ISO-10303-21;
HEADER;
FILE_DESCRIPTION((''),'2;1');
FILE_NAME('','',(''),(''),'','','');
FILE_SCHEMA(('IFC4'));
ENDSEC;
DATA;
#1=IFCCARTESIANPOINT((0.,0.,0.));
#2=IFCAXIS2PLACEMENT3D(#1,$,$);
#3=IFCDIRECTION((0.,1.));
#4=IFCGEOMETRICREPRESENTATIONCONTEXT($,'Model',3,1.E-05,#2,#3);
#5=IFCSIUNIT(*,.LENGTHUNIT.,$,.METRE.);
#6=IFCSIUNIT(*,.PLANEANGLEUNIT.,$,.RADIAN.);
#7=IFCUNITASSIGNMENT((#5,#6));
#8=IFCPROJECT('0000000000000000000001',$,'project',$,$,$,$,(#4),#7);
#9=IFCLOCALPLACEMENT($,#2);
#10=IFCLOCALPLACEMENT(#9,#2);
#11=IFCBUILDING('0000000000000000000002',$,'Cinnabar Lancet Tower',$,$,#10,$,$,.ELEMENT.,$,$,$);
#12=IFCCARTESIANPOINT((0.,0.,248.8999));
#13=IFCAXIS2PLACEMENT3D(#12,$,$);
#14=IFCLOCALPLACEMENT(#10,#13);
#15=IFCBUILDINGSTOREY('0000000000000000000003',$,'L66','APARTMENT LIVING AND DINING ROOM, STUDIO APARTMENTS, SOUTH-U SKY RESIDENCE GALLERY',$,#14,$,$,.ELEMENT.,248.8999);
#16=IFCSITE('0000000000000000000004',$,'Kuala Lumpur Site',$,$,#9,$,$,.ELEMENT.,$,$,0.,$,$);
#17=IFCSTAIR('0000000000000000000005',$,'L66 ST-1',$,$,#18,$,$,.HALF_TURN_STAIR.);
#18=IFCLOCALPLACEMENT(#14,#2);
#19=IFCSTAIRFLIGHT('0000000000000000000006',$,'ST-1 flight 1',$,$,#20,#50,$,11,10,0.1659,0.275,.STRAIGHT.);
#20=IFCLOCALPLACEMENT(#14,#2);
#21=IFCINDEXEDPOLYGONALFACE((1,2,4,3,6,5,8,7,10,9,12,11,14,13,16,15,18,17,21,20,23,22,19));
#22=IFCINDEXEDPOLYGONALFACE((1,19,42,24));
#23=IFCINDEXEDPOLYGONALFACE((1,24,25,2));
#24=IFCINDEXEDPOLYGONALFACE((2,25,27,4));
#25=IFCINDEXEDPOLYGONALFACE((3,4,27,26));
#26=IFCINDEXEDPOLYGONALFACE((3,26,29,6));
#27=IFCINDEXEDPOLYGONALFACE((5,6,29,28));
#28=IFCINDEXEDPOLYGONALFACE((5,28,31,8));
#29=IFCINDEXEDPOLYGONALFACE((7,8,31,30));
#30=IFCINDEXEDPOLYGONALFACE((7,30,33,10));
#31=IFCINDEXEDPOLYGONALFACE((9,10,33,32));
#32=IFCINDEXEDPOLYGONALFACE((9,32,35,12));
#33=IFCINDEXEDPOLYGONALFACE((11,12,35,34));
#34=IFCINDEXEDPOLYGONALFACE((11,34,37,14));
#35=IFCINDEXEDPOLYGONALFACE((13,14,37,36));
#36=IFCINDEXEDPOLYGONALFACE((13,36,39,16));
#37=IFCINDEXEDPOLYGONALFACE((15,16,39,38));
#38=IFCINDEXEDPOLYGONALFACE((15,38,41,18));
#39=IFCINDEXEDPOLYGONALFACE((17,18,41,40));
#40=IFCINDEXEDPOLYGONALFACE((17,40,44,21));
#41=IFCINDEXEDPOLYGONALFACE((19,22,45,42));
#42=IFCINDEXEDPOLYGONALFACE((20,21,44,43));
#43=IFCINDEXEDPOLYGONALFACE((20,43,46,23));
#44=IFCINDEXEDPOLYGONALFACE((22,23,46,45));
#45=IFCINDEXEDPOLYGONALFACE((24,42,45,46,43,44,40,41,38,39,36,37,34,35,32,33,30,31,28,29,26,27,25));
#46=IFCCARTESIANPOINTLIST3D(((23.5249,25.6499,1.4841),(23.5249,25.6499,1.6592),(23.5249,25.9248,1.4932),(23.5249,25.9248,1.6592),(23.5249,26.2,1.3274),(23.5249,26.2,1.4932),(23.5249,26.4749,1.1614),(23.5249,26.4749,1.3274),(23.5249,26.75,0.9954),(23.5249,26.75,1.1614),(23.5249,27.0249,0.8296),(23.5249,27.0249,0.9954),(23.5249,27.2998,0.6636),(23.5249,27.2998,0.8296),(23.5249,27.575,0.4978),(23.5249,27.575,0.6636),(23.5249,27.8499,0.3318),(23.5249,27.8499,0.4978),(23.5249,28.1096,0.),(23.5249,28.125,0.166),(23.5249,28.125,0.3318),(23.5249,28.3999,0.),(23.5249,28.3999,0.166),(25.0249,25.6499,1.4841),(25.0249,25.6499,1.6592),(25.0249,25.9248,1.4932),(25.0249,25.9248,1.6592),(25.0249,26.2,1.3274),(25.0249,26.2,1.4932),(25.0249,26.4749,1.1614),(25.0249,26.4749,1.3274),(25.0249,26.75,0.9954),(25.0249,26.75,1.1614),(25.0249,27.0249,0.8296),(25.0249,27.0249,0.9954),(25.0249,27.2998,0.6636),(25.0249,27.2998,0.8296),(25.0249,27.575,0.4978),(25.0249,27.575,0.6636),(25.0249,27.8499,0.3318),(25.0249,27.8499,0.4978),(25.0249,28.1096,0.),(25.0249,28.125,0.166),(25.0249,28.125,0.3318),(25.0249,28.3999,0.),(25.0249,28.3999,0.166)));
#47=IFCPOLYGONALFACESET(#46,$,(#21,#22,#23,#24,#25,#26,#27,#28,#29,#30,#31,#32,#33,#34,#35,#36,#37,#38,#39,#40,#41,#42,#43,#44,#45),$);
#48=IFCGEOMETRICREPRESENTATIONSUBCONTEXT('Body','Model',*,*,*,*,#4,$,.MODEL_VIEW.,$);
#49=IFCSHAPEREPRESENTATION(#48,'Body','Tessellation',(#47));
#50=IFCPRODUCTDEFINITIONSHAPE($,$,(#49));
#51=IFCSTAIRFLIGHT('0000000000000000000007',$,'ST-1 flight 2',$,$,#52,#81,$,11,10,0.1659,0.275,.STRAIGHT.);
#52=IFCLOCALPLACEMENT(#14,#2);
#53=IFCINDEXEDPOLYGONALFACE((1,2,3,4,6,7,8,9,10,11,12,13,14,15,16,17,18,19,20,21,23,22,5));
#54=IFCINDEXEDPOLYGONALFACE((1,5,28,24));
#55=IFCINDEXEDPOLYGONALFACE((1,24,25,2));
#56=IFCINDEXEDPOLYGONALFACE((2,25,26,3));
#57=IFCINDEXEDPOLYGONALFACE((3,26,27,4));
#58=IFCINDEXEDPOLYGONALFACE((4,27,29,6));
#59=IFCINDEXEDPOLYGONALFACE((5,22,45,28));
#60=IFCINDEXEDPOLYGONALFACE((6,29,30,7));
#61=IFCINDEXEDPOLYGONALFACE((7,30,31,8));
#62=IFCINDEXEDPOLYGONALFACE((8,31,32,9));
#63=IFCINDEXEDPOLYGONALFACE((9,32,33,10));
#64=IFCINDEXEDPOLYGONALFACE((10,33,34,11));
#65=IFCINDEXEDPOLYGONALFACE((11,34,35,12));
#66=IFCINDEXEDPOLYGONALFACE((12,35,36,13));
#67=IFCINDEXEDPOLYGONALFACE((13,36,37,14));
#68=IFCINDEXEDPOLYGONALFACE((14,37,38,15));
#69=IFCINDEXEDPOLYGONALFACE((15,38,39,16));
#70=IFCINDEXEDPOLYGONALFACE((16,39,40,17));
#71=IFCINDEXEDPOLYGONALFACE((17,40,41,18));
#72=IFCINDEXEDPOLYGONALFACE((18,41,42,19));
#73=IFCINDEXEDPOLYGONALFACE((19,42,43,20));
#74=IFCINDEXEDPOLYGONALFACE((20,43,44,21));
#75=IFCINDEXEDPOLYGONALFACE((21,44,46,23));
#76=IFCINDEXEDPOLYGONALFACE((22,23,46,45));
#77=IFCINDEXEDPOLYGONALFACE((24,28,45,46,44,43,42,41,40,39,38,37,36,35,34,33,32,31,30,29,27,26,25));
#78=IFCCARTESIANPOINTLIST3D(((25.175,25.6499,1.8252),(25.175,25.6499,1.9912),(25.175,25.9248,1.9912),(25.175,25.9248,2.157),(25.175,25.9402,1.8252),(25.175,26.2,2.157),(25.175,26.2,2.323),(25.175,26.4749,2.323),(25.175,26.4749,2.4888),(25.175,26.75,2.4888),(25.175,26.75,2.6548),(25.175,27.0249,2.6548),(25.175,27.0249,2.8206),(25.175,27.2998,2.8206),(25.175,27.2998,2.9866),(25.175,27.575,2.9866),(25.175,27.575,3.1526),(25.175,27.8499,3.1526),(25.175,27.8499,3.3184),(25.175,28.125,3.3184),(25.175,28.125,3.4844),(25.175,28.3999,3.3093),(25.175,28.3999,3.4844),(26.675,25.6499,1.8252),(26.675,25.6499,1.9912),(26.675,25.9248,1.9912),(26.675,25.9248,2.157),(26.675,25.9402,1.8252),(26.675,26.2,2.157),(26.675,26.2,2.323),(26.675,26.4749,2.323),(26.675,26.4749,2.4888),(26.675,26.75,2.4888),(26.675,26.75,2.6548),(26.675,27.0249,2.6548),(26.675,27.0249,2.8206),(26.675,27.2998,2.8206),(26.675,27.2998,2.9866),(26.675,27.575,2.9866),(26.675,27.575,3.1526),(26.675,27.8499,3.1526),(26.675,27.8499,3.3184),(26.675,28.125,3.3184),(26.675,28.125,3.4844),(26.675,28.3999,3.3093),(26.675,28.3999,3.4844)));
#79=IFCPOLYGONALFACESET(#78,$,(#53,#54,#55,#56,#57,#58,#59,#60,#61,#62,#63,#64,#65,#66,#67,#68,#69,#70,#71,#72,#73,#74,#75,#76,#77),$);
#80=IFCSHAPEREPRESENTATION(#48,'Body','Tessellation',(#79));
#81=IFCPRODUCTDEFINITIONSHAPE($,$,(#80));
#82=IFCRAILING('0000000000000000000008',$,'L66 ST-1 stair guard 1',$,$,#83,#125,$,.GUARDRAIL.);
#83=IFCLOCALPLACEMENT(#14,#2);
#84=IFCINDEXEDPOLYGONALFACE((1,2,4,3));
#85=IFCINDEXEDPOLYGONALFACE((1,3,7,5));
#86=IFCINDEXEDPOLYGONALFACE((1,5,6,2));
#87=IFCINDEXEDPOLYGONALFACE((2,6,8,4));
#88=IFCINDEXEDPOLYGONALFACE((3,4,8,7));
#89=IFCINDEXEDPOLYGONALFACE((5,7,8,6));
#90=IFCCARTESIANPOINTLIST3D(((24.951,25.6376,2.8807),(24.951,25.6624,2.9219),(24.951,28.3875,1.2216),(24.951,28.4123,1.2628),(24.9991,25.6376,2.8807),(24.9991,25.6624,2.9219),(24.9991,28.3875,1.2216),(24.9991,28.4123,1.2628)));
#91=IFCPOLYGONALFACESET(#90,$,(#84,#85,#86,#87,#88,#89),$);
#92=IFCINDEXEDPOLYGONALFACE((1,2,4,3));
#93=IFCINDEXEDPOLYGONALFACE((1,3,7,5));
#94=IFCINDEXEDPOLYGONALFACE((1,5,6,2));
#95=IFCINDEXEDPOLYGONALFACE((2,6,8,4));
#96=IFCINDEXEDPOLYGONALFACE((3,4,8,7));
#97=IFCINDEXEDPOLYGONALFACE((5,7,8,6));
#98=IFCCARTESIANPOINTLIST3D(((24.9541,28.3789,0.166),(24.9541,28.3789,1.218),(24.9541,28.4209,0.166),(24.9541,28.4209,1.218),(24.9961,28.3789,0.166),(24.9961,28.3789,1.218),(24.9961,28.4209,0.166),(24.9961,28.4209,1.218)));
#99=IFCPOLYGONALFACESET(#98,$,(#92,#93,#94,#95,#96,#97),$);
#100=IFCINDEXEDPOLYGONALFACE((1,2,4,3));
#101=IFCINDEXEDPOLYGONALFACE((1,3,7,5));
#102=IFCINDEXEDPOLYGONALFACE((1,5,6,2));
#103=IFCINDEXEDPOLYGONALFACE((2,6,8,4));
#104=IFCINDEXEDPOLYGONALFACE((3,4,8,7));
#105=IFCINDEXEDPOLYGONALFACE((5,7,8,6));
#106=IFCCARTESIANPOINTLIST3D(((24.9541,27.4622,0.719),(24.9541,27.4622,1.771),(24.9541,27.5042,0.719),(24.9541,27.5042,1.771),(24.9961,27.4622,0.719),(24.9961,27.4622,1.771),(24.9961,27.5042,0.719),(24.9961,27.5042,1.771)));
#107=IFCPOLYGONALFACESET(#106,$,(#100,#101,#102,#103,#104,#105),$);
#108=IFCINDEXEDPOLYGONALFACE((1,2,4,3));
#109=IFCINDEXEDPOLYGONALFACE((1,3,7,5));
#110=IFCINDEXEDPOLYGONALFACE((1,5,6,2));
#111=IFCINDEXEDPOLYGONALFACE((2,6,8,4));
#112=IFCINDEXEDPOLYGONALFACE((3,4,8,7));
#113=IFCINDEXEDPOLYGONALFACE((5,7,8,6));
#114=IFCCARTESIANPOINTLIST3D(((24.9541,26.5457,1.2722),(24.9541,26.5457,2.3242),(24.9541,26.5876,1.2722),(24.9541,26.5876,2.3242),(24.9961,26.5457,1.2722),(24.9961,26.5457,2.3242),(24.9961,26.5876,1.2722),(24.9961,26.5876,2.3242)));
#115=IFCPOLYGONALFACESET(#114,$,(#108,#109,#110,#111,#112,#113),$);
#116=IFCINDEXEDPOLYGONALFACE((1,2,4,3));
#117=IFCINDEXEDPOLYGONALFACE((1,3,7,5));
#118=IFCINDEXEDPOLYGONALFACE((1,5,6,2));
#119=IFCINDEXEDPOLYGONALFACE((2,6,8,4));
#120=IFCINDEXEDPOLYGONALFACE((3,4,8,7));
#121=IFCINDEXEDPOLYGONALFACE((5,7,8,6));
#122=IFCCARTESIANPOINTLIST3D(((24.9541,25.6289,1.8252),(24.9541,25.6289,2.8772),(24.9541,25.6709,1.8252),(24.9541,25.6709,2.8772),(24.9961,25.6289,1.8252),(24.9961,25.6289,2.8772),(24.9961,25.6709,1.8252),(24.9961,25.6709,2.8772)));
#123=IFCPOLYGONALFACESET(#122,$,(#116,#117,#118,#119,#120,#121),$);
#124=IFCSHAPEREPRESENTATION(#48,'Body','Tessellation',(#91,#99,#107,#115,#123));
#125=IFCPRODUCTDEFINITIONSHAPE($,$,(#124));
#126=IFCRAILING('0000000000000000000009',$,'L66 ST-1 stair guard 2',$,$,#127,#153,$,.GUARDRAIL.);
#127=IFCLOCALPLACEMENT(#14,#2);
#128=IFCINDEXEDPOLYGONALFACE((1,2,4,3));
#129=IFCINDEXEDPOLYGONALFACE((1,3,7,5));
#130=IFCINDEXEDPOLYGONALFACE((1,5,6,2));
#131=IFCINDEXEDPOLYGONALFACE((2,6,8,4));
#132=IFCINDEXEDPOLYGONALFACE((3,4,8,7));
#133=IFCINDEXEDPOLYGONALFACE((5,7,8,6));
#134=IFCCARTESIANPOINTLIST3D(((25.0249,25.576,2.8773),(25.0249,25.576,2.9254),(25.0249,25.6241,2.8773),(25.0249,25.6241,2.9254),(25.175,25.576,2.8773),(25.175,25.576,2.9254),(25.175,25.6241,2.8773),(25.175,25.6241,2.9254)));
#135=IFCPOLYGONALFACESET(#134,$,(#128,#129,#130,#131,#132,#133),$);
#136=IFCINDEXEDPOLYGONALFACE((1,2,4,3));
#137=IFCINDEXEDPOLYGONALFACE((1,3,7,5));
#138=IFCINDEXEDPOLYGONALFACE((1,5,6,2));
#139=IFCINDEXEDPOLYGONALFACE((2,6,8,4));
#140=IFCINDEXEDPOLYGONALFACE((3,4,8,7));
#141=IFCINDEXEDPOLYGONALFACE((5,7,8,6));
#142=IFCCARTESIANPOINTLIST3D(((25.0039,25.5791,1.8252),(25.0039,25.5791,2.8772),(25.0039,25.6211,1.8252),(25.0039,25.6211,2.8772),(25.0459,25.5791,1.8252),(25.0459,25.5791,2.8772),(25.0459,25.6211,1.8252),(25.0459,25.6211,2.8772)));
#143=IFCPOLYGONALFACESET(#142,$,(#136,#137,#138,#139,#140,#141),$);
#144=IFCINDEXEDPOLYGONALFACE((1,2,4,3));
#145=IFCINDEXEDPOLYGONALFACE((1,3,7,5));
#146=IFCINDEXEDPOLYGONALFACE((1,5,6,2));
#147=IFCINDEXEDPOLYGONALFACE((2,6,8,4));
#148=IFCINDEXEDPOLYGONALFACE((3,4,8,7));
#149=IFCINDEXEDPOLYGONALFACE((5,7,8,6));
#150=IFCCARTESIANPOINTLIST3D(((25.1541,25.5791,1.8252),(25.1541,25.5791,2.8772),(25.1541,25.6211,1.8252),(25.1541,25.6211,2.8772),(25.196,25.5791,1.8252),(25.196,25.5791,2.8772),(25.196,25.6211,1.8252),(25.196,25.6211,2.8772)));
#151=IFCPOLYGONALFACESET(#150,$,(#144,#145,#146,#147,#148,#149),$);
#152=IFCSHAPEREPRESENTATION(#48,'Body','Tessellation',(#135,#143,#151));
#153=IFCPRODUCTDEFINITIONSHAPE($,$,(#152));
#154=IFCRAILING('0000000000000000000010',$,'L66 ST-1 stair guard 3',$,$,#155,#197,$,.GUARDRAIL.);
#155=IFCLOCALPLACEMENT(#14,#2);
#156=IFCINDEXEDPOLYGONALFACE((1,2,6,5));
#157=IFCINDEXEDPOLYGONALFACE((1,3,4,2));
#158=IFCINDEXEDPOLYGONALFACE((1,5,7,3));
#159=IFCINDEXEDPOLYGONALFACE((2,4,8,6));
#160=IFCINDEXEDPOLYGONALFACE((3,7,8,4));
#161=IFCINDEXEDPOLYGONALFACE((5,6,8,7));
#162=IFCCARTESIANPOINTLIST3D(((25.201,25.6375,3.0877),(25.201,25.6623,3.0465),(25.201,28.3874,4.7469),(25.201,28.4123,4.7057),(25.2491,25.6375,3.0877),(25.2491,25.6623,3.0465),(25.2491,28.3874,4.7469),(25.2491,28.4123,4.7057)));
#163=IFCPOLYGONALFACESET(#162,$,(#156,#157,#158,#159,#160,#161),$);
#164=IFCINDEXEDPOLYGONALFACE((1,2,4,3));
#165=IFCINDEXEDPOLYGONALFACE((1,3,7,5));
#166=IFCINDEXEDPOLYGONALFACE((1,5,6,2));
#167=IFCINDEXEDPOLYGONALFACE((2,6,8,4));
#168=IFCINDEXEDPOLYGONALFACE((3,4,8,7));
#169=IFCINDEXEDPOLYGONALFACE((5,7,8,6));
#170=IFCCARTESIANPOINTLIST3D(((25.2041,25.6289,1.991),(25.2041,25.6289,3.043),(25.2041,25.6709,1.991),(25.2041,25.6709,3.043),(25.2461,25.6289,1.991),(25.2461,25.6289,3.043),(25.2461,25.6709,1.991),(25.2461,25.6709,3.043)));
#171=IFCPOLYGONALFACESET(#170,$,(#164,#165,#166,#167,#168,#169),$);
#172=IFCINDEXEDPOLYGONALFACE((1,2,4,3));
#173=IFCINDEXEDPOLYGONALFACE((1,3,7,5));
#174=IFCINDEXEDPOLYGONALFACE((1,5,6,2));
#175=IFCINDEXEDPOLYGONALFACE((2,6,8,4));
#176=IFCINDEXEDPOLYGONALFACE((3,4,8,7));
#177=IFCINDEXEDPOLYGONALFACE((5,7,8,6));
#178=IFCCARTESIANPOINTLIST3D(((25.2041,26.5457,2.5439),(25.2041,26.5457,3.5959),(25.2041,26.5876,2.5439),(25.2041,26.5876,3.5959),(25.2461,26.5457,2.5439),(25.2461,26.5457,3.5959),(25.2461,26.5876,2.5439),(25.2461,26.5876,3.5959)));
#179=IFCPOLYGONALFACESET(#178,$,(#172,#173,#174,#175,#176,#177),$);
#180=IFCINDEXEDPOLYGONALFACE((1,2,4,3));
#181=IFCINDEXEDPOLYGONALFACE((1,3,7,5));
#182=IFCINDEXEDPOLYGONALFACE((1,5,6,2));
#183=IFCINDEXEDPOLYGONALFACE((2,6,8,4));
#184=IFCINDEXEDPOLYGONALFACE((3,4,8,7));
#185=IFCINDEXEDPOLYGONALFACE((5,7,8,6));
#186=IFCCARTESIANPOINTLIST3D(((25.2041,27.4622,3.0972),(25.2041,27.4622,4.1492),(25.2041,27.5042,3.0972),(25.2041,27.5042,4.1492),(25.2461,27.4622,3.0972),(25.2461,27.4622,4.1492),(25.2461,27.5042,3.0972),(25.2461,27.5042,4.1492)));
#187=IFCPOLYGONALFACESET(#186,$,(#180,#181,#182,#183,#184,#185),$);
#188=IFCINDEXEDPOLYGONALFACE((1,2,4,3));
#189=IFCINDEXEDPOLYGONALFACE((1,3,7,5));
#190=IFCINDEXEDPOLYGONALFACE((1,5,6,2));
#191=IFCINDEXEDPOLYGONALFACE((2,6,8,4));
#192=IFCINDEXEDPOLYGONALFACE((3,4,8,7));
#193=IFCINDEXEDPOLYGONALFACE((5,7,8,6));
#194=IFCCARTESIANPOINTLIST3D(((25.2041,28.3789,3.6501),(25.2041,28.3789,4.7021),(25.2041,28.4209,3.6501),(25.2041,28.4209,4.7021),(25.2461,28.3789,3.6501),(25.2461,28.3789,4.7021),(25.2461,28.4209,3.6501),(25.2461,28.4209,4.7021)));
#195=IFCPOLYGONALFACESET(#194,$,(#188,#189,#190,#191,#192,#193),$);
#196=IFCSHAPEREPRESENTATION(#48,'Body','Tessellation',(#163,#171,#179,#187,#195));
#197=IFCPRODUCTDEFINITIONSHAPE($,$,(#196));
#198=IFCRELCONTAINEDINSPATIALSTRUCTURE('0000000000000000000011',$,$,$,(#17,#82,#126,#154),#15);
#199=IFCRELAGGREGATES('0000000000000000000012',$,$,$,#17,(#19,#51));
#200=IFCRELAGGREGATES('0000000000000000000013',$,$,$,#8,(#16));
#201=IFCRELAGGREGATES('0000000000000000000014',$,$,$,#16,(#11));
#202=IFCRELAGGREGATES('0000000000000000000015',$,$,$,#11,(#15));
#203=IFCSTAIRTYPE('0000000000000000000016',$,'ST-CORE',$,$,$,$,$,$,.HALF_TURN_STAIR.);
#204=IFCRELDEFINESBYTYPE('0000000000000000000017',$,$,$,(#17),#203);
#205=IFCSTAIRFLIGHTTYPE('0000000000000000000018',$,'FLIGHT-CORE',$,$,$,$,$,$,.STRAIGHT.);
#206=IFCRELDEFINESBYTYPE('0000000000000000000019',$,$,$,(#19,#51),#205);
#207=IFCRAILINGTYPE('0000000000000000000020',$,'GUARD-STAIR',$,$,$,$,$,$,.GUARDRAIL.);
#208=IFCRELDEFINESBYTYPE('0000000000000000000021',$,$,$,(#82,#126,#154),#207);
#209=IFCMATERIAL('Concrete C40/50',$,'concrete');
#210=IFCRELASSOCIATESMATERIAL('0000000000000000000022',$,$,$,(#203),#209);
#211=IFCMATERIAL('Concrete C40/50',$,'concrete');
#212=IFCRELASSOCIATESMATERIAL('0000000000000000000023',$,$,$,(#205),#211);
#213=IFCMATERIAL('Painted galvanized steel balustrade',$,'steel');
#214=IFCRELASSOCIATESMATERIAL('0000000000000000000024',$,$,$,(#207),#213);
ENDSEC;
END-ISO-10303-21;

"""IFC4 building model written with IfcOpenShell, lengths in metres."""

from ifc_helpers import new_model, si_unit, direction, frame, origin, origin_2d, place, context, subcontext, project, spatial, polyline, rectangle, outline, extrude, material, type_object, element, aggregate, save


model = new_model("IFC4")

# Units and contexts
model_context = context("Model", 3, precision=1e-05, world=origin(), true_north=direction((0.0, 1.0)))
body_context = subcontext(model_context, "Body", "Model", "MODEL_VIEW")
ifc_project = project(units=[si_unit("LENGTHUNIT", "METRE"), si_unit("PLANEANGLEUNIT", "RADIAN")], contexts=[model_context])

# Site, building, storey
site_placement = place(None, origin())
site = spatial("IfcSite", under=ifc_project, at=site_placement, Name="Kuala Lumpur Site", CompositionType="ELEMENT", RefElevation=0.0)
building_placement = place(site_placement, origin())
building = spatial("IfcBuilding", under=site, at=building_placement, Name="Cinnabar Lancet Tower", CompositionType="ELEMENT")
storey_placement = place(building_placement, frame((0.0, 0.0, 248.8999)))
storey = spatial("IfcBuildingStorey", under=building, at=storey_placement, Name="L66", Description="APARTMENT LIVING AND DINING ROOM, STUDIO APARTMENTS, SOUTH-U SKY RESIDENCE GALLERY", CompositionType="ELEMENT", Elevation=248.8999)

# Stair, stair flights
ifc_material_1 = material(Name="Concrete C40/50", Category="concrete")
stair_type = type_object("IfcStairType", Name="ST-CORE", PredefinedType="HALF_TURN_STAIR", material=ifc_material_1)
stair_placement = place(storey_placement, origin())
stair = element("IfcStair", 1, at=stair_placement, inside=storey, type_object=stair_type, Name="L66 ST-1", PredefinedType="HALF_TURN_STAIR")
ifc_material_2 = material(Name="Concrete C40/50", Category="concrete")
stair_flight_type = type_object("IfcStairFlightType", Name="FLIGHT-CORE", PredefinedType="STRAIGHT", material=ifc_material_2)
stair_flight_1_placement = place(storey_placement, frame((24.2749, 28.3999, 0.0), z_axis=(0.0, 0.0, 1.0), x_axis=(0.0, -1.0, 0.0)))
stair_flight_1 = element("IfcStairFlight", 2, at=stair_flight_1_placement, type_object=stair_flight_type, Name="ST-1 flight 1", NumberOfRisers=11, NumberOfTreads=10, PredefinedType="STRAIGHT", RiserHeight=0.1659, TreadLength=0.275, context=body_context, shape_type="SweptSolid", body=[
    extrude(outline(polyline([(0.0, 0.0), (0.0, 0.166), (0.2749, 0.166), (0.2749, 0.3318), (0.55, 0.3318), (0.55, 0.4978), (0.825, 0.4978), (0.825, 0.6636), (1.1001, 0.6636), (1.1001, 0.8296), (1.375, 0.8296), (1.375, 0.9954), (1.6499, 0.9954), (1.6499, 1.1614), (1.925, 1.1614), (1.925, 1.3274), (2.2, 1.3274), (2.2, 1.4932), (2.4751, 1.4932), (2.4751, 1.6592), (2.75, 1.6592), (2.75, 1.825), (2.75, 1.4841), (0.2903, 0.0), (0.0, 0.0)])), frame((0.0, 0.75, 0.0), z_axis=(0.0, -1.0, 0.0), x_axis=(1.0, 0.0, 0.0)), (0.0, 0.0, 1.0), 1.5),
])
stair_flight_2_placement = place(storey_placement, frame((25.925, 25.6499, 1.8252), z_axis=(0.0, 0.0, 1.0), x_axis=(0.0, 1.0, 0.0)))
stair_flight_2 = element("IfcStairFlight", 3, at=stair_flight_2_placement, type_object=stair_flight_type, Name="ST-1 flight 2", NumberOfRisers=11, NumberOfTreads=10, PredefinedType="STRAIGHT", RiserHeight=0.1659, TreadLength=0.275, context=body_context, shape_type="SweptSolid", body=[
    extrude(outline(polyline([(0.0, 0.0), (0.0, 0.166), (0.2749, 0.166), (0.2749, 0.3318), (0.55, 0.3318), (0.55, 0.4978), (0.825, 0.4978), (0.825, 0.6636), (1.1001, 0.6636), (1.1001, 0.8296), (1.375, 0.8296), (1.375, 0.9954), (1.6499, 0.9954), (1.6499, 1.1614), (1.925, 1.1614), (1.925, 1.3274), (2.2, 1.3274), (2.2, 1.4932), (2.4751, 1.4932), (2.4751, 1.6592), (2.75, 1.6592), (2.75, 1.825), (2.75, 1.4841), (0.2903, 0.0), (0.0, 0.0)])), frame((0.0, 0.75, 0.0), z_axis=(0.0, -1.0, 0.0), x_axis=(1.0, 0.0, 0.0)), (0.0, 0.0, 1.0), 1.5),
])
aggregate(stair, [stair_flight_1, stair_flight_2])

# Railings
ifc_material_3 = material(Name="Painted galvanized steel balustrade", Category="steel")
railing_type_1 = type_object("IfcRailingType", Name="GUARD-STAIR", PredefinedType="GUARDRAIL", material=ifc_material_3)
railing_1_placement = place(storey_placement, frame((24.9751, 28.3999, 0.166)))
element("IfcRailing", 4, at=railing_1_placement, inside=storey, type_object=railing_type_1, Name="L66 ST-1 stair guard 1", PredefinedType="GUARDRAIL", context=body_context, shape_type="SweptSolid", body=[
    extrude(rectangle(XDim=0.0481, YDim=0.0481, at=origin_2d()), frame((0.0, 0.0, 1.0762), z_axis=(0.0, -0.856229, 0.516596), x_axis=(1.0, 0.0, 0.0)), (0.0, 0.0, 1.0), 3.2117),
    extrude(rectangle(XDim=0.042, YDim=0.042, at=origin_2d()), origin(), (0.0, 0.0, 1.0), 1.052),
    extrude(rectangle(XDim=0.042, YDim=0.042, at=origin_2d()), frame((0.0, -0.9167, 0.553)), (0.0, 0.0, 1.0), 1.052),
    extrude(rectangle(XDim=0.042, YDim=0.042, at=origin_2d()), frame((0.0, -1.8333, 1.1062)), (0.0, 0.0, 1.0), 1.052),
    extrude(rectangle(XDim=0.042, YDim=0.042, at=origin_2d()), frame((0.0, -2.75, 1.6592)), (0.0, 0.0, 1.0), 1.052),
])
railing_2_placement = place(storey_placement, frame((25.0249, 25.6001, 1.8252)))
element("IfcRailing", 5, at=railing_2_placement, inside=storey, type_object=railing_type_1, Name="L66 ST-1 stair guard 2", PredefinedType="GUARDRAIL", context=body_context, shape_type="SweptSolid", body=[
    extrude(rectangle(XDim=0.0481, YDim=0.0481, at=origin_2d()), frame((0.0, 0.0, 1.0762), z_axis=(1.0, 0.0, 0.0), x_axis=(0.0, 1.0, 0.0)), (0.0, 0.0, 1.0), 0.1501),
    extrude(rectangle(XDim=0.042, YDim=0.042, at=origin_2d()), origin(), (0.0, 0.0, 1.0), 1.052),
    extrude(rectangle(XDim=0.042, YDim=0.042, at=origin_2d()), frame((0.1501, 0.0, 0.0)), (0.0, 0.0, 1.0), 1.052),
])
railing_3_placement = place(storey_placement, frame((25.2251, 25.6499, 1.991)))
element("IfcRailing", 6, at=railing_3_placement, inside=storey, type_object=railing_type_1, Name="L66 ST-1 stair guard 3", PredefinedType="GUARDRAIL", context=body_context, shape_type="SweptSolid", body=[
    extrude(rectangle(XDim=0.0481, YDim=0.0481, at=origin_2d()), frame((0.0, 0.0, 1.0762), z_axis=(0.0, 0.856229, 0.516596), x_axis=(-1.0, 0.0, 0.0)), (0.0, 0.0, 1.0), 3.2117),
    extrude(rectangle(XDim=0.042, YDim=0.042, at=origin_2d()), origin(), (0.0, 0.0, 1.0), 1.052),
    extrude(rectangle(XDim=0.042, YDim=0.042, at=origin_2d()), frame((0.0, 0.9167, 0.553)), (0.0, 0.0, 1.0), 1.052),
    extrude(rectangle(XDim=0.042, YDim=0.042, at=origin_2d()), frame((0.0, 1.8333, 1.1062)), (0.0, 0.0, 1.0), 1.052),
    extrude(rectangle(XDim=0.042, YDim=0.042, at=origin_2d()), frame((0.0, 2.75, 1.6592)), (0.0, 0.0, 1.0), 1.052),
])

save(model, "model.ifc")
